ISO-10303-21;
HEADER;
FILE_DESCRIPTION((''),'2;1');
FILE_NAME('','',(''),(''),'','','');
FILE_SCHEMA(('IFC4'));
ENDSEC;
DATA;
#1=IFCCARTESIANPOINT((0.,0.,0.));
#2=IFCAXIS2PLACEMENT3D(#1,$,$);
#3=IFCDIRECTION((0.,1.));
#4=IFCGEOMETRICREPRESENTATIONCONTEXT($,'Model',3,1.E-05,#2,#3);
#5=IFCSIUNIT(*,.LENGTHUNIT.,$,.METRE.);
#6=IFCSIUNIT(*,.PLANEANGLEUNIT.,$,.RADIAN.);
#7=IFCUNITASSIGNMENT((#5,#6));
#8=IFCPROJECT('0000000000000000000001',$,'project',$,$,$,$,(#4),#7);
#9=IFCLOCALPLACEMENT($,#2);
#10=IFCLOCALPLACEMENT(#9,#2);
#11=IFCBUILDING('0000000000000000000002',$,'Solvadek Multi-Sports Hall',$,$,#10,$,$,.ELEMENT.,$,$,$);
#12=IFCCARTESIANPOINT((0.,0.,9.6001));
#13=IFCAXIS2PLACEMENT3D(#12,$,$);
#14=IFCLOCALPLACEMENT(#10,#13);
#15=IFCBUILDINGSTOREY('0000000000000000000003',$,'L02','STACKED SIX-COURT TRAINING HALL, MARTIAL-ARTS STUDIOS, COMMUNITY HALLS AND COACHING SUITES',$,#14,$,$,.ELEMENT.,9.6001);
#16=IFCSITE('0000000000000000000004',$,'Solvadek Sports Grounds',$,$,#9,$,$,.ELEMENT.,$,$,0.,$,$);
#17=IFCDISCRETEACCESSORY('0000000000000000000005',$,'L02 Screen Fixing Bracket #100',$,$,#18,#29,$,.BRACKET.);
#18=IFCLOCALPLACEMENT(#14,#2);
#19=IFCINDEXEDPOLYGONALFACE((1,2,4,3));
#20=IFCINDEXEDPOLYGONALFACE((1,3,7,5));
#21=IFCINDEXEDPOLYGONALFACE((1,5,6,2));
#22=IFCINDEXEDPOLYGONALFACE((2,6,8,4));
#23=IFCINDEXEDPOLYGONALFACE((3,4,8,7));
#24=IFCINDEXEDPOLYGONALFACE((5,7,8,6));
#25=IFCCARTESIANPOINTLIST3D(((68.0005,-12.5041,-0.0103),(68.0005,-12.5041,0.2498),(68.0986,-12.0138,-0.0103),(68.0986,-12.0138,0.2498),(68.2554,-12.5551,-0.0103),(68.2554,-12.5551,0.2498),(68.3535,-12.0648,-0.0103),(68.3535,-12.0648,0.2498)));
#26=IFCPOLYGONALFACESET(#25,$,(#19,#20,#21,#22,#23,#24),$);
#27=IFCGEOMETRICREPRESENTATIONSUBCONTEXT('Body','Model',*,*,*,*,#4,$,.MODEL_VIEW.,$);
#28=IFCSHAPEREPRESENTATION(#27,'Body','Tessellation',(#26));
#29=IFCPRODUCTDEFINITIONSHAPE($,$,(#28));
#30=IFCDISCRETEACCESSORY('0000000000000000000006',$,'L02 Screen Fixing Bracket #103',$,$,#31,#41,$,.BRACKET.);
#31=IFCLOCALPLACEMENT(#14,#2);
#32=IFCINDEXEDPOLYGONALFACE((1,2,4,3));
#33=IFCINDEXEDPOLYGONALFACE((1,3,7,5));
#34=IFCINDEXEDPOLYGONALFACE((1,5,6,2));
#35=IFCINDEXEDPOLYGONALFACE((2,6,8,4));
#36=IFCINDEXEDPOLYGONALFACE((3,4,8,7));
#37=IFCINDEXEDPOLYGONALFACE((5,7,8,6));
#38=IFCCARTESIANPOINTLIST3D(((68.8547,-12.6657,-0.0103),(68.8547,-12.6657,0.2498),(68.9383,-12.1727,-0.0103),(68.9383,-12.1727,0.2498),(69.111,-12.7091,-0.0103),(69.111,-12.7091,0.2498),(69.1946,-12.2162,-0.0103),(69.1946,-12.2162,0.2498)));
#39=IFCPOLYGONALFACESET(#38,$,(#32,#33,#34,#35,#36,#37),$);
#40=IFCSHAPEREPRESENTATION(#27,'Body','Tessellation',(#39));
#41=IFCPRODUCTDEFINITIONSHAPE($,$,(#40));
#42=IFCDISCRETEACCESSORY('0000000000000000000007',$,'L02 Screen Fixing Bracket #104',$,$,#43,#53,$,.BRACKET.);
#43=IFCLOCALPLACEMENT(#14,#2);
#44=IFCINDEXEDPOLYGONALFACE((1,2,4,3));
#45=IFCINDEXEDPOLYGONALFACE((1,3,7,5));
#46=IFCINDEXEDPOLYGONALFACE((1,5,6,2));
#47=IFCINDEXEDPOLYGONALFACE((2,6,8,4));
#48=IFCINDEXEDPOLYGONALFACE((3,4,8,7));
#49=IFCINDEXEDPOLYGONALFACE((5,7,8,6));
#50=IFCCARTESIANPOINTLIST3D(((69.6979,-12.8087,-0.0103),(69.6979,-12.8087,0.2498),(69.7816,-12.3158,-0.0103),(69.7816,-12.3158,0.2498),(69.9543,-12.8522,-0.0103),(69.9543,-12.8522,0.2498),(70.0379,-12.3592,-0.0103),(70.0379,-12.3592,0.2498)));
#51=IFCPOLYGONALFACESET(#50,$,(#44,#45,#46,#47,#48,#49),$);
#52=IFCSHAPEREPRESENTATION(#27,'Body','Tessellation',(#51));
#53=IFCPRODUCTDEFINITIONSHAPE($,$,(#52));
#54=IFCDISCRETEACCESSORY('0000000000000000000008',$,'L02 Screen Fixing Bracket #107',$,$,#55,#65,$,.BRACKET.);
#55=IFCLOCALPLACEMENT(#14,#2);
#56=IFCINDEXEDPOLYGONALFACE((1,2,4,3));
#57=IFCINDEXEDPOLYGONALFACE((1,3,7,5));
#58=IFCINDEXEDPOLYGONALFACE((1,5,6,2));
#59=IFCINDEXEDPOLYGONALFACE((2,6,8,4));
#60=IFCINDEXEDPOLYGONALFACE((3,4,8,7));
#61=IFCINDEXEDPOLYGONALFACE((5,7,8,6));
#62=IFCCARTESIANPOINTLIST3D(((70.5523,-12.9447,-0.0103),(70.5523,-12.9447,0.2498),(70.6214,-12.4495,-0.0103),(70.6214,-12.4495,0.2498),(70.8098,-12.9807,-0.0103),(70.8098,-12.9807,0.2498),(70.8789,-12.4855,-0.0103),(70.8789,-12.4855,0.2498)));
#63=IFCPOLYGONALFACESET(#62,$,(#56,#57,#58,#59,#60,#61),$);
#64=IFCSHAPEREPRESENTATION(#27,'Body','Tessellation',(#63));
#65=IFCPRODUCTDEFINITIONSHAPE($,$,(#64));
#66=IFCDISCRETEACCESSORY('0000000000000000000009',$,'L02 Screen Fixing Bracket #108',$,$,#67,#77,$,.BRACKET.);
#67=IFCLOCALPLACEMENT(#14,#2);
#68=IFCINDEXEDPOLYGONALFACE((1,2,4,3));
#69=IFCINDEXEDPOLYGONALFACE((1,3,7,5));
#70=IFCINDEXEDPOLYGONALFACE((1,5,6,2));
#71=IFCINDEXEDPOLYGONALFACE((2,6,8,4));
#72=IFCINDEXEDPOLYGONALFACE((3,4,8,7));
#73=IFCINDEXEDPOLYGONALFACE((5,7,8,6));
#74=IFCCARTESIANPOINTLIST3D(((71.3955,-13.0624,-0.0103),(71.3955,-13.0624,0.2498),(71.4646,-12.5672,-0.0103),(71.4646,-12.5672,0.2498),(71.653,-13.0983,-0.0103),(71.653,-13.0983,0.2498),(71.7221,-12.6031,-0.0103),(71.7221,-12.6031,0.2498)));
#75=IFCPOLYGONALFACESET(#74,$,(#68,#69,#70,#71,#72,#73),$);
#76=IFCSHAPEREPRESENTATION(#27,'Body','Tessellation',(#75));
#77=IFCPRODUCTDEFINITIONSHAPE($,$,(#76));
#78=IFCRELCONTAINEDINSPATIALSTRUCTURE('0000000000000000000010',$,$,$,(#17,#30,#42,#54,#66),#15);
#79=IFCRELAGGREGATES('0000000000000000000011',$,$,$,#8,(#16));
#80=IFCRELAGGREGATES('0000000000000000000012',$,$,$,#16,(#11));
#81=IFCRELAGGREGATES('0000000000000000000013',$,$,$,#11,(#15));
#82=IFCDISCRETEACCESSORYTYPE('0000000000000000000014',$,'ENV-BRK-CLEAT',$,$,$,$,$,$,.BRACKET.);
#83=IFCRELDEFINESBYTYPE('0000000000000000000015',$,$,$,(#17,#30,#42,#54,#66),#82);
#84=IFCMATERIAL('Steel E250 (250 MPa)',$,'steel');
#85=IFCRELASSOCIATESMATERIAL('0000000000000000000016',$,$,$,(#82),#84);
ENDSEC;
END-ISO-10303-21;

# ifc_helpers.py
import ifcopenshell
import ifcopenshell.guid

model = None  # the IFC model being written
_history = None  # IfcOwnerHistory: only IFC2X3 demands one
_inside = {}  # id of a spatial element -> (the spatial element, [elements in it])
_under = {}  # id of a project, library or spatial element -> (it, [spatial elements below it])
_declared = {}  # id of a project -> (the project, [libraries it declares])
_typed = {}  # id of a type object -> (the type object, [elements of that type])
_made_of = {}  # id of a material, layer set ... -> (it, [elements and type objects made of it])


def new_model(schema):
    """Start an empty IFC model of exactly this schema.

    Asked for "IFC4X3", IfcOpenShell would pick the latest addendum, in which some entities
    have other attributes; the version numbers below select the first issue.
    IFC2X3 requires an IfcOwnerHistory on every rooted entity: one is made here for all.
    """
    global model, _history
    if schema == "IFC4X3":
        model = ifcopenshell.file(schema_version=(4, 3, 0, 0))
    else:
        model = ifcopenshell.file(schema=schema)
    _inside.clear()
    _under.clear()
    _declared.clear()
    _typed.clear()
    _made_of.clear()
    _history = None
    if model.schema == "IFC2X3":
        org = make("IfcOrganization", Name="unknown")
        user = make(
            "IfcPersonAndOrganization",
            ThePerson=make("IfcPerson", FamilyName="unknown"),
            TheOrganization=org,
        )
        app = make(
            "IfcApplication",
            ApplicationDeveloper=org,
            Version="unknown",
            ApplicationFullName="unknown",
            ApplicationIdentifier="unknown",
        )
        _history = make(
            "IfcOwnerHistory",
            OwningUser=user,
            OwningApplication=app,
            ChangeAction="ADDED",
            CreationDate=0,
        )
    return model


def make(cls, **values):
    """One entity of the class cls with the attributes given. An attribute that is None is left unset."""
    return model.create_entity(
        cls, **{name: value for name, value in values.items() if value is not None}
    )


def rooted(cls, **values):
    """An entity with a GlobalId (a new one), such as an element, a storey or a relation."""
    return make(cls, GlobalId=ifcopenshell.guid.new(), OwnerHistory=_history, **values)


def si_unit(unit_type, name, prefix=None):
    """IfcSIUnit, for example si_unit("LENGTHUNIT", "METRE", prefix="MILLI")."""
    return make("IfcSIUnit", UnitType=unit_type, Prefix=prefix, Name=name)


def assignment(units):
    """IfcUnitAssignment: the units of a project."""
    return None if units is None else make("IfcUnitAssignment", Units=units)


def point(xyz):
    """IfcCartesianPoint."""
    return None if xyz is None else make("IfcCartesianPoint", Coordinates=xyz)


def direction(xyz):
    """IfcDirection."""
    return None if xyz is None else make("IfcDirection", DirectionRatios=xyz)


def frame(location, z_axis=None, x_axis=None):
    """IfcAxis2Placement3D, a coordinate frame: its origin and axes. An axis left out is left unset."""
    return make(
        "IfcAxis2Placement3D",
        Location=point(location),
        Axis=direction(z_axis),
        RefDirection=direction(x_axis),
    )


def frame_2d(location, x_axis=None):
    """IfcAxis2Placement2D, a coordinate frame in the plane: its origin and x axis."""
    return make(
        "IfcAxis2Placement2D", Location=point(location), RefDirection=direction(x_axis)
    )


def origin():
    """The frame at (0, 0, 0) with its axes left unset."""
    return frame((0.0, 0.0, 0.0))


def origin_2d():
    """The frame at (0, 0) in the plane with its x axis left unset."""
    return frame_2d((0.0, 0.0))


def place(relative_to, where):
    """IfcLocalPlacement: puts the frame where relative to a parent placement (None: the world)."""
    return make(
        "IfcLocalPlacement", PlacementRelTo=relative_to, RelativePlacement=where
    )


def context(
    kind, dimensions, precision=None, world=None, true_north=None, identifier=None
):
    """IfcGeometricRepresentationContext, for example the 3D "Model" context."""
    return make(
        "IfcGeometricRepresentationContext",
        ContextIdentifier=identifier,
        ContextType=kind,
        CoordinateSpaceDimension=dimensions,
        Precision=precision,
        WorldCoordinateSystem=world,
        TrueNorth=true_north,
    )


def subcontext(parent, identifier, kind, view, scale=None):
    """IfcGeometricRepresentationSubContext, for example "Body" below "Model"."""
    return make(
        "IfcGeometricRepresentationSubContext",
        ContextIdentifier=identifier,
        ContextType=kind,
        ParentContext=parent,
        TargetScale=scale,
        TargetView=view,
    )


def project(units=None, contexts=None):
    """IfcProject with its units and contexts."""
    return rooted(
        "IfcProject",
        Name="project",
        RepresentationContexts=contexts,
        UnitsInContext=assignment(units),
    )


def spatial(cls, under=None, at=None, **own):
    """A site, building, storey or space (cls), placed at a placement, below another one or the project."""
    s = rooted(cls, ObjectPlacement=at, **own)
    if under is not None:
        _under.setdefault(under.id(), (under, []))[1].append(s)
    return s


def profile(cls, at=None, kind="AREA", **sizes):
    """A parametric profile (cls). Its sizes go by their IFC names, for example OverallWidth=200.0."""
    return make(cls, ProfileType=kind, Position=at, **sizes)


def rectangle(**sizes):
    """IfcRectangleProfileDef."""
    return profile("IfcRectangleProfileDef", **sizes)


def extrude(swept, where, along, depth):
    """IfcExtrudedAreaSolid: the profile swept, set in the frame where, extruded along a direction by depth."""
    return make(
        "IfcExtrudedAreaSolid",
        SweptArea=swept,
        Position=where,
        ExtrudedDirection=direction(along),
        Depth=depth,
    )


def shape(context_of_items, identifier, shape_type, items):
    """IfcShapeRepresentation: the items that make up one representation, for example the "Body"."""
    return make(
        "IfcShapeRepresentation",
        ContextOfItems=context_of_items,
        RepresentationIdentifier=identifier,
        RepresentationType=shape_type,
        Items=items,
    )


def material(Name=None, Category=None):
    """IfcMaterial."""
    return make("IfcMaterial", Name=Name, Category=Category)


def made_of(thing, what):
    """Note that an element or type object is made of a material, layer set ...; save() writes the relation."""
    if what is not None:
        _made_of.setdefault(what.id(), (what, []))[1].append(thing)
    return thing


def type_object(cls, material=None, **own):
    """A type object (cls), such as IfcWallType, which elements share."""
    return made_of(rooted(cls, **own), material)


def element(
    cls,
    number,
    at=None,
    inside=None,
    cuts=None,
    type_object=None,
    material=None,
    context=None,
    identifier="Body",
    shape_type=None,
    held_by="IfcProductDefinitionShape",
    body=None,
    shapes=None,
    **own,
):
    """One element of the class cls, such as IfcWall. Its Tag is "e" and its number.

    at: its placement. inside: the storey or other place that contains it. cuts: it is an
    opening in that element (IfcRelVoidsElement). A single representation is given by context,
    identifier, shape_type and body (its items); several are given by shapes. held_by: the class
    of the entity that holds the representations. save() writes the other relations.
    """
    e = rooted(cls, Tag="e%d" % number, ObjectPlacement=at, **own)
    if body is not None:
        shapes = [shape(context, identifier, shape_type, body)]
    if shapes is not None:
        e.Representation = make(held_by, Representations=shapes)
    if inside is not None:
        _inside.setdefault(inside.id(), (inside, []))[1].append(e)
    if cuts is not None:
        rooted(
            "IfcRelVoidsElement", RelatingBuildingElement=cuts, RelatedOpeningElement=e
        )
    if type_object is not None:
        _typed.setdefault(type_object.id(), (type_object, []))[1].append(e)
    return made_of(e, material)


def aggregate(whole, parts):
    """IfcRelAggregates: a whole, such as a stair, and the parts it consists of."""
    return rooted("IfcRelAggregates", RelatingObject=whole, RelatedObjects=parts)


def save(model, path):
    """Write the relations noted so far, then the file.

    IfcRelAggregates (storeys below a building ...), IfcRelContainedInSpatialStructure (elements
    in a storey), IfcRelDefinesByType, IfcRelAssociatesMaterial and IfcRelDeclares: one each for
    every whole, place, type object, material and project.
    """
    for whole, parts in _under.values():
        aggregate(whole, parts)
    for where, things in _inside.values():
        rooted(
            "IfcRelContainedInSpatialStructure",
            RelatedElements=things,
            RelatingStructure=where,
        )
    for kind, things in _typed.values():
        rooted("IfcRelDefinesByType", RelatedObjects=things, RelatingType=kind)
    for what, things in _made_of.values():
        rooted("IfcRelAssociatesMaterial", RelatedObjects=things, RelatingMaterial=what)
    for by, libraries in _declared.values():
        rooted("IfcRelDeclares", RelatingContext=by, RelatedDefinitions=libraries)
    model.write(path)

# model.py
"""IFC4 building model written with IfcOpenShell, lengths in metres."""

from ifc_helpers import new_model, si_unit, direction, frame, origin, origin_2d, place, context, subcontext, project, spatial, rectangle, extrude, material, type_object, element, save


model = new_model("IFC4")

# Units and contexts
model_context = context("Model", 3, precision=1e-05, world=origin(), true_north=direction((0.0, 1.0)))
body_context = subcontext(model_context, "Body", "Model", "MODEL_VIEW")
ifc_project = project(units=[si_unit("LENGTHUNIT", "METRE"), si_unit("PLANEANGLEUNIT", "RADIAN")], contexts=[model_context])

# Site, building, storey
site_placement = place(None, origin())
site = spatial("IfcSite", under=ifc_project, at=site_placement, Name="Solvadek Sports Grounds", CompositionType="ELEMENT", RefElevation=0.0)
building_placement = place(site_placement, origin())
building = spatial("IfcBuilding", under=site, at=building_placement, Name="Solvadek Multi-Sports Hall", CompositionType="ELEMENT")
storey_placement = place(building_placement, frame((0.0, 0.0, 9.6001)))
storey = spatial("IfcBuildingStorey", under=building, at=storey_placement, Name="L02", Description="STACKED SIX-COURT TRAINING HALL, MARTIAL-ARTS STUDIOS, COMMUNITY HALLS AND COACHING SUITES", CompositionType="ELEMENT", Elevation=9.6001)

# Discrete accessories
ifc_material_1 = material(Name="Steel E250 (250 MPa)", Category="steel")
discrete_accessory_type = type_object("IfcDiscreteAccessoryType", Name="ENV-BRK-CLEAT", PredefinedType="BRACKET", material=ifc_material_1)
for number, where, z_axis, x_axis, name in (
    (1, (68.177, -12.2844, -0.0103), (0.0, 0.0, 1.0), (0.980567, -0.196183, 0.0), "L02 Screen Fixing Bracket #100"),
    (2, (69.0247, -12.4409, -0.0103), (0.0, 0.0, 1.0), (0.985919, -0.167223, 0.0), "L02 Screen Fixing Bracket #103"),
    (3, (69.8679, -12.584, -0.0103), (0.0, 0.0, 1.0), (0.985919, -0.167223, 0.0), "L02 Screen Fixing Bracket #104"),
    (4, (70.7156, -12.7151, -0.0103), (0.0, 0.0, 1.0), (0.990403, -0.138207, 0.0), "L02 Screen Fixing Bracket #107"),
    (5, (71.5588, -12.8328, -0.0103), (0.0, 0.0, 1.0), (0.990403, -0.138207, 0.0), "L02 Screen Fixing Bracket #108"),
):
    element("IfcDiscreteAccessory", number, at=place(storey_placement, frame(where, z_axis=z_axis, x_axis=x_axis)), inside=storey, type_object=discrete_accessory_type, Name=name, PredefinedType="BRACKET", context=body_context, shape_type="SweptSolid", body=[
        extrude(rectangle(XDim=0.26, YDim=0.5, at=origin_2d()), origin(), (0.0, 0.0, 1.0), 0.26),
    ])

save(model, "model.ifc")
